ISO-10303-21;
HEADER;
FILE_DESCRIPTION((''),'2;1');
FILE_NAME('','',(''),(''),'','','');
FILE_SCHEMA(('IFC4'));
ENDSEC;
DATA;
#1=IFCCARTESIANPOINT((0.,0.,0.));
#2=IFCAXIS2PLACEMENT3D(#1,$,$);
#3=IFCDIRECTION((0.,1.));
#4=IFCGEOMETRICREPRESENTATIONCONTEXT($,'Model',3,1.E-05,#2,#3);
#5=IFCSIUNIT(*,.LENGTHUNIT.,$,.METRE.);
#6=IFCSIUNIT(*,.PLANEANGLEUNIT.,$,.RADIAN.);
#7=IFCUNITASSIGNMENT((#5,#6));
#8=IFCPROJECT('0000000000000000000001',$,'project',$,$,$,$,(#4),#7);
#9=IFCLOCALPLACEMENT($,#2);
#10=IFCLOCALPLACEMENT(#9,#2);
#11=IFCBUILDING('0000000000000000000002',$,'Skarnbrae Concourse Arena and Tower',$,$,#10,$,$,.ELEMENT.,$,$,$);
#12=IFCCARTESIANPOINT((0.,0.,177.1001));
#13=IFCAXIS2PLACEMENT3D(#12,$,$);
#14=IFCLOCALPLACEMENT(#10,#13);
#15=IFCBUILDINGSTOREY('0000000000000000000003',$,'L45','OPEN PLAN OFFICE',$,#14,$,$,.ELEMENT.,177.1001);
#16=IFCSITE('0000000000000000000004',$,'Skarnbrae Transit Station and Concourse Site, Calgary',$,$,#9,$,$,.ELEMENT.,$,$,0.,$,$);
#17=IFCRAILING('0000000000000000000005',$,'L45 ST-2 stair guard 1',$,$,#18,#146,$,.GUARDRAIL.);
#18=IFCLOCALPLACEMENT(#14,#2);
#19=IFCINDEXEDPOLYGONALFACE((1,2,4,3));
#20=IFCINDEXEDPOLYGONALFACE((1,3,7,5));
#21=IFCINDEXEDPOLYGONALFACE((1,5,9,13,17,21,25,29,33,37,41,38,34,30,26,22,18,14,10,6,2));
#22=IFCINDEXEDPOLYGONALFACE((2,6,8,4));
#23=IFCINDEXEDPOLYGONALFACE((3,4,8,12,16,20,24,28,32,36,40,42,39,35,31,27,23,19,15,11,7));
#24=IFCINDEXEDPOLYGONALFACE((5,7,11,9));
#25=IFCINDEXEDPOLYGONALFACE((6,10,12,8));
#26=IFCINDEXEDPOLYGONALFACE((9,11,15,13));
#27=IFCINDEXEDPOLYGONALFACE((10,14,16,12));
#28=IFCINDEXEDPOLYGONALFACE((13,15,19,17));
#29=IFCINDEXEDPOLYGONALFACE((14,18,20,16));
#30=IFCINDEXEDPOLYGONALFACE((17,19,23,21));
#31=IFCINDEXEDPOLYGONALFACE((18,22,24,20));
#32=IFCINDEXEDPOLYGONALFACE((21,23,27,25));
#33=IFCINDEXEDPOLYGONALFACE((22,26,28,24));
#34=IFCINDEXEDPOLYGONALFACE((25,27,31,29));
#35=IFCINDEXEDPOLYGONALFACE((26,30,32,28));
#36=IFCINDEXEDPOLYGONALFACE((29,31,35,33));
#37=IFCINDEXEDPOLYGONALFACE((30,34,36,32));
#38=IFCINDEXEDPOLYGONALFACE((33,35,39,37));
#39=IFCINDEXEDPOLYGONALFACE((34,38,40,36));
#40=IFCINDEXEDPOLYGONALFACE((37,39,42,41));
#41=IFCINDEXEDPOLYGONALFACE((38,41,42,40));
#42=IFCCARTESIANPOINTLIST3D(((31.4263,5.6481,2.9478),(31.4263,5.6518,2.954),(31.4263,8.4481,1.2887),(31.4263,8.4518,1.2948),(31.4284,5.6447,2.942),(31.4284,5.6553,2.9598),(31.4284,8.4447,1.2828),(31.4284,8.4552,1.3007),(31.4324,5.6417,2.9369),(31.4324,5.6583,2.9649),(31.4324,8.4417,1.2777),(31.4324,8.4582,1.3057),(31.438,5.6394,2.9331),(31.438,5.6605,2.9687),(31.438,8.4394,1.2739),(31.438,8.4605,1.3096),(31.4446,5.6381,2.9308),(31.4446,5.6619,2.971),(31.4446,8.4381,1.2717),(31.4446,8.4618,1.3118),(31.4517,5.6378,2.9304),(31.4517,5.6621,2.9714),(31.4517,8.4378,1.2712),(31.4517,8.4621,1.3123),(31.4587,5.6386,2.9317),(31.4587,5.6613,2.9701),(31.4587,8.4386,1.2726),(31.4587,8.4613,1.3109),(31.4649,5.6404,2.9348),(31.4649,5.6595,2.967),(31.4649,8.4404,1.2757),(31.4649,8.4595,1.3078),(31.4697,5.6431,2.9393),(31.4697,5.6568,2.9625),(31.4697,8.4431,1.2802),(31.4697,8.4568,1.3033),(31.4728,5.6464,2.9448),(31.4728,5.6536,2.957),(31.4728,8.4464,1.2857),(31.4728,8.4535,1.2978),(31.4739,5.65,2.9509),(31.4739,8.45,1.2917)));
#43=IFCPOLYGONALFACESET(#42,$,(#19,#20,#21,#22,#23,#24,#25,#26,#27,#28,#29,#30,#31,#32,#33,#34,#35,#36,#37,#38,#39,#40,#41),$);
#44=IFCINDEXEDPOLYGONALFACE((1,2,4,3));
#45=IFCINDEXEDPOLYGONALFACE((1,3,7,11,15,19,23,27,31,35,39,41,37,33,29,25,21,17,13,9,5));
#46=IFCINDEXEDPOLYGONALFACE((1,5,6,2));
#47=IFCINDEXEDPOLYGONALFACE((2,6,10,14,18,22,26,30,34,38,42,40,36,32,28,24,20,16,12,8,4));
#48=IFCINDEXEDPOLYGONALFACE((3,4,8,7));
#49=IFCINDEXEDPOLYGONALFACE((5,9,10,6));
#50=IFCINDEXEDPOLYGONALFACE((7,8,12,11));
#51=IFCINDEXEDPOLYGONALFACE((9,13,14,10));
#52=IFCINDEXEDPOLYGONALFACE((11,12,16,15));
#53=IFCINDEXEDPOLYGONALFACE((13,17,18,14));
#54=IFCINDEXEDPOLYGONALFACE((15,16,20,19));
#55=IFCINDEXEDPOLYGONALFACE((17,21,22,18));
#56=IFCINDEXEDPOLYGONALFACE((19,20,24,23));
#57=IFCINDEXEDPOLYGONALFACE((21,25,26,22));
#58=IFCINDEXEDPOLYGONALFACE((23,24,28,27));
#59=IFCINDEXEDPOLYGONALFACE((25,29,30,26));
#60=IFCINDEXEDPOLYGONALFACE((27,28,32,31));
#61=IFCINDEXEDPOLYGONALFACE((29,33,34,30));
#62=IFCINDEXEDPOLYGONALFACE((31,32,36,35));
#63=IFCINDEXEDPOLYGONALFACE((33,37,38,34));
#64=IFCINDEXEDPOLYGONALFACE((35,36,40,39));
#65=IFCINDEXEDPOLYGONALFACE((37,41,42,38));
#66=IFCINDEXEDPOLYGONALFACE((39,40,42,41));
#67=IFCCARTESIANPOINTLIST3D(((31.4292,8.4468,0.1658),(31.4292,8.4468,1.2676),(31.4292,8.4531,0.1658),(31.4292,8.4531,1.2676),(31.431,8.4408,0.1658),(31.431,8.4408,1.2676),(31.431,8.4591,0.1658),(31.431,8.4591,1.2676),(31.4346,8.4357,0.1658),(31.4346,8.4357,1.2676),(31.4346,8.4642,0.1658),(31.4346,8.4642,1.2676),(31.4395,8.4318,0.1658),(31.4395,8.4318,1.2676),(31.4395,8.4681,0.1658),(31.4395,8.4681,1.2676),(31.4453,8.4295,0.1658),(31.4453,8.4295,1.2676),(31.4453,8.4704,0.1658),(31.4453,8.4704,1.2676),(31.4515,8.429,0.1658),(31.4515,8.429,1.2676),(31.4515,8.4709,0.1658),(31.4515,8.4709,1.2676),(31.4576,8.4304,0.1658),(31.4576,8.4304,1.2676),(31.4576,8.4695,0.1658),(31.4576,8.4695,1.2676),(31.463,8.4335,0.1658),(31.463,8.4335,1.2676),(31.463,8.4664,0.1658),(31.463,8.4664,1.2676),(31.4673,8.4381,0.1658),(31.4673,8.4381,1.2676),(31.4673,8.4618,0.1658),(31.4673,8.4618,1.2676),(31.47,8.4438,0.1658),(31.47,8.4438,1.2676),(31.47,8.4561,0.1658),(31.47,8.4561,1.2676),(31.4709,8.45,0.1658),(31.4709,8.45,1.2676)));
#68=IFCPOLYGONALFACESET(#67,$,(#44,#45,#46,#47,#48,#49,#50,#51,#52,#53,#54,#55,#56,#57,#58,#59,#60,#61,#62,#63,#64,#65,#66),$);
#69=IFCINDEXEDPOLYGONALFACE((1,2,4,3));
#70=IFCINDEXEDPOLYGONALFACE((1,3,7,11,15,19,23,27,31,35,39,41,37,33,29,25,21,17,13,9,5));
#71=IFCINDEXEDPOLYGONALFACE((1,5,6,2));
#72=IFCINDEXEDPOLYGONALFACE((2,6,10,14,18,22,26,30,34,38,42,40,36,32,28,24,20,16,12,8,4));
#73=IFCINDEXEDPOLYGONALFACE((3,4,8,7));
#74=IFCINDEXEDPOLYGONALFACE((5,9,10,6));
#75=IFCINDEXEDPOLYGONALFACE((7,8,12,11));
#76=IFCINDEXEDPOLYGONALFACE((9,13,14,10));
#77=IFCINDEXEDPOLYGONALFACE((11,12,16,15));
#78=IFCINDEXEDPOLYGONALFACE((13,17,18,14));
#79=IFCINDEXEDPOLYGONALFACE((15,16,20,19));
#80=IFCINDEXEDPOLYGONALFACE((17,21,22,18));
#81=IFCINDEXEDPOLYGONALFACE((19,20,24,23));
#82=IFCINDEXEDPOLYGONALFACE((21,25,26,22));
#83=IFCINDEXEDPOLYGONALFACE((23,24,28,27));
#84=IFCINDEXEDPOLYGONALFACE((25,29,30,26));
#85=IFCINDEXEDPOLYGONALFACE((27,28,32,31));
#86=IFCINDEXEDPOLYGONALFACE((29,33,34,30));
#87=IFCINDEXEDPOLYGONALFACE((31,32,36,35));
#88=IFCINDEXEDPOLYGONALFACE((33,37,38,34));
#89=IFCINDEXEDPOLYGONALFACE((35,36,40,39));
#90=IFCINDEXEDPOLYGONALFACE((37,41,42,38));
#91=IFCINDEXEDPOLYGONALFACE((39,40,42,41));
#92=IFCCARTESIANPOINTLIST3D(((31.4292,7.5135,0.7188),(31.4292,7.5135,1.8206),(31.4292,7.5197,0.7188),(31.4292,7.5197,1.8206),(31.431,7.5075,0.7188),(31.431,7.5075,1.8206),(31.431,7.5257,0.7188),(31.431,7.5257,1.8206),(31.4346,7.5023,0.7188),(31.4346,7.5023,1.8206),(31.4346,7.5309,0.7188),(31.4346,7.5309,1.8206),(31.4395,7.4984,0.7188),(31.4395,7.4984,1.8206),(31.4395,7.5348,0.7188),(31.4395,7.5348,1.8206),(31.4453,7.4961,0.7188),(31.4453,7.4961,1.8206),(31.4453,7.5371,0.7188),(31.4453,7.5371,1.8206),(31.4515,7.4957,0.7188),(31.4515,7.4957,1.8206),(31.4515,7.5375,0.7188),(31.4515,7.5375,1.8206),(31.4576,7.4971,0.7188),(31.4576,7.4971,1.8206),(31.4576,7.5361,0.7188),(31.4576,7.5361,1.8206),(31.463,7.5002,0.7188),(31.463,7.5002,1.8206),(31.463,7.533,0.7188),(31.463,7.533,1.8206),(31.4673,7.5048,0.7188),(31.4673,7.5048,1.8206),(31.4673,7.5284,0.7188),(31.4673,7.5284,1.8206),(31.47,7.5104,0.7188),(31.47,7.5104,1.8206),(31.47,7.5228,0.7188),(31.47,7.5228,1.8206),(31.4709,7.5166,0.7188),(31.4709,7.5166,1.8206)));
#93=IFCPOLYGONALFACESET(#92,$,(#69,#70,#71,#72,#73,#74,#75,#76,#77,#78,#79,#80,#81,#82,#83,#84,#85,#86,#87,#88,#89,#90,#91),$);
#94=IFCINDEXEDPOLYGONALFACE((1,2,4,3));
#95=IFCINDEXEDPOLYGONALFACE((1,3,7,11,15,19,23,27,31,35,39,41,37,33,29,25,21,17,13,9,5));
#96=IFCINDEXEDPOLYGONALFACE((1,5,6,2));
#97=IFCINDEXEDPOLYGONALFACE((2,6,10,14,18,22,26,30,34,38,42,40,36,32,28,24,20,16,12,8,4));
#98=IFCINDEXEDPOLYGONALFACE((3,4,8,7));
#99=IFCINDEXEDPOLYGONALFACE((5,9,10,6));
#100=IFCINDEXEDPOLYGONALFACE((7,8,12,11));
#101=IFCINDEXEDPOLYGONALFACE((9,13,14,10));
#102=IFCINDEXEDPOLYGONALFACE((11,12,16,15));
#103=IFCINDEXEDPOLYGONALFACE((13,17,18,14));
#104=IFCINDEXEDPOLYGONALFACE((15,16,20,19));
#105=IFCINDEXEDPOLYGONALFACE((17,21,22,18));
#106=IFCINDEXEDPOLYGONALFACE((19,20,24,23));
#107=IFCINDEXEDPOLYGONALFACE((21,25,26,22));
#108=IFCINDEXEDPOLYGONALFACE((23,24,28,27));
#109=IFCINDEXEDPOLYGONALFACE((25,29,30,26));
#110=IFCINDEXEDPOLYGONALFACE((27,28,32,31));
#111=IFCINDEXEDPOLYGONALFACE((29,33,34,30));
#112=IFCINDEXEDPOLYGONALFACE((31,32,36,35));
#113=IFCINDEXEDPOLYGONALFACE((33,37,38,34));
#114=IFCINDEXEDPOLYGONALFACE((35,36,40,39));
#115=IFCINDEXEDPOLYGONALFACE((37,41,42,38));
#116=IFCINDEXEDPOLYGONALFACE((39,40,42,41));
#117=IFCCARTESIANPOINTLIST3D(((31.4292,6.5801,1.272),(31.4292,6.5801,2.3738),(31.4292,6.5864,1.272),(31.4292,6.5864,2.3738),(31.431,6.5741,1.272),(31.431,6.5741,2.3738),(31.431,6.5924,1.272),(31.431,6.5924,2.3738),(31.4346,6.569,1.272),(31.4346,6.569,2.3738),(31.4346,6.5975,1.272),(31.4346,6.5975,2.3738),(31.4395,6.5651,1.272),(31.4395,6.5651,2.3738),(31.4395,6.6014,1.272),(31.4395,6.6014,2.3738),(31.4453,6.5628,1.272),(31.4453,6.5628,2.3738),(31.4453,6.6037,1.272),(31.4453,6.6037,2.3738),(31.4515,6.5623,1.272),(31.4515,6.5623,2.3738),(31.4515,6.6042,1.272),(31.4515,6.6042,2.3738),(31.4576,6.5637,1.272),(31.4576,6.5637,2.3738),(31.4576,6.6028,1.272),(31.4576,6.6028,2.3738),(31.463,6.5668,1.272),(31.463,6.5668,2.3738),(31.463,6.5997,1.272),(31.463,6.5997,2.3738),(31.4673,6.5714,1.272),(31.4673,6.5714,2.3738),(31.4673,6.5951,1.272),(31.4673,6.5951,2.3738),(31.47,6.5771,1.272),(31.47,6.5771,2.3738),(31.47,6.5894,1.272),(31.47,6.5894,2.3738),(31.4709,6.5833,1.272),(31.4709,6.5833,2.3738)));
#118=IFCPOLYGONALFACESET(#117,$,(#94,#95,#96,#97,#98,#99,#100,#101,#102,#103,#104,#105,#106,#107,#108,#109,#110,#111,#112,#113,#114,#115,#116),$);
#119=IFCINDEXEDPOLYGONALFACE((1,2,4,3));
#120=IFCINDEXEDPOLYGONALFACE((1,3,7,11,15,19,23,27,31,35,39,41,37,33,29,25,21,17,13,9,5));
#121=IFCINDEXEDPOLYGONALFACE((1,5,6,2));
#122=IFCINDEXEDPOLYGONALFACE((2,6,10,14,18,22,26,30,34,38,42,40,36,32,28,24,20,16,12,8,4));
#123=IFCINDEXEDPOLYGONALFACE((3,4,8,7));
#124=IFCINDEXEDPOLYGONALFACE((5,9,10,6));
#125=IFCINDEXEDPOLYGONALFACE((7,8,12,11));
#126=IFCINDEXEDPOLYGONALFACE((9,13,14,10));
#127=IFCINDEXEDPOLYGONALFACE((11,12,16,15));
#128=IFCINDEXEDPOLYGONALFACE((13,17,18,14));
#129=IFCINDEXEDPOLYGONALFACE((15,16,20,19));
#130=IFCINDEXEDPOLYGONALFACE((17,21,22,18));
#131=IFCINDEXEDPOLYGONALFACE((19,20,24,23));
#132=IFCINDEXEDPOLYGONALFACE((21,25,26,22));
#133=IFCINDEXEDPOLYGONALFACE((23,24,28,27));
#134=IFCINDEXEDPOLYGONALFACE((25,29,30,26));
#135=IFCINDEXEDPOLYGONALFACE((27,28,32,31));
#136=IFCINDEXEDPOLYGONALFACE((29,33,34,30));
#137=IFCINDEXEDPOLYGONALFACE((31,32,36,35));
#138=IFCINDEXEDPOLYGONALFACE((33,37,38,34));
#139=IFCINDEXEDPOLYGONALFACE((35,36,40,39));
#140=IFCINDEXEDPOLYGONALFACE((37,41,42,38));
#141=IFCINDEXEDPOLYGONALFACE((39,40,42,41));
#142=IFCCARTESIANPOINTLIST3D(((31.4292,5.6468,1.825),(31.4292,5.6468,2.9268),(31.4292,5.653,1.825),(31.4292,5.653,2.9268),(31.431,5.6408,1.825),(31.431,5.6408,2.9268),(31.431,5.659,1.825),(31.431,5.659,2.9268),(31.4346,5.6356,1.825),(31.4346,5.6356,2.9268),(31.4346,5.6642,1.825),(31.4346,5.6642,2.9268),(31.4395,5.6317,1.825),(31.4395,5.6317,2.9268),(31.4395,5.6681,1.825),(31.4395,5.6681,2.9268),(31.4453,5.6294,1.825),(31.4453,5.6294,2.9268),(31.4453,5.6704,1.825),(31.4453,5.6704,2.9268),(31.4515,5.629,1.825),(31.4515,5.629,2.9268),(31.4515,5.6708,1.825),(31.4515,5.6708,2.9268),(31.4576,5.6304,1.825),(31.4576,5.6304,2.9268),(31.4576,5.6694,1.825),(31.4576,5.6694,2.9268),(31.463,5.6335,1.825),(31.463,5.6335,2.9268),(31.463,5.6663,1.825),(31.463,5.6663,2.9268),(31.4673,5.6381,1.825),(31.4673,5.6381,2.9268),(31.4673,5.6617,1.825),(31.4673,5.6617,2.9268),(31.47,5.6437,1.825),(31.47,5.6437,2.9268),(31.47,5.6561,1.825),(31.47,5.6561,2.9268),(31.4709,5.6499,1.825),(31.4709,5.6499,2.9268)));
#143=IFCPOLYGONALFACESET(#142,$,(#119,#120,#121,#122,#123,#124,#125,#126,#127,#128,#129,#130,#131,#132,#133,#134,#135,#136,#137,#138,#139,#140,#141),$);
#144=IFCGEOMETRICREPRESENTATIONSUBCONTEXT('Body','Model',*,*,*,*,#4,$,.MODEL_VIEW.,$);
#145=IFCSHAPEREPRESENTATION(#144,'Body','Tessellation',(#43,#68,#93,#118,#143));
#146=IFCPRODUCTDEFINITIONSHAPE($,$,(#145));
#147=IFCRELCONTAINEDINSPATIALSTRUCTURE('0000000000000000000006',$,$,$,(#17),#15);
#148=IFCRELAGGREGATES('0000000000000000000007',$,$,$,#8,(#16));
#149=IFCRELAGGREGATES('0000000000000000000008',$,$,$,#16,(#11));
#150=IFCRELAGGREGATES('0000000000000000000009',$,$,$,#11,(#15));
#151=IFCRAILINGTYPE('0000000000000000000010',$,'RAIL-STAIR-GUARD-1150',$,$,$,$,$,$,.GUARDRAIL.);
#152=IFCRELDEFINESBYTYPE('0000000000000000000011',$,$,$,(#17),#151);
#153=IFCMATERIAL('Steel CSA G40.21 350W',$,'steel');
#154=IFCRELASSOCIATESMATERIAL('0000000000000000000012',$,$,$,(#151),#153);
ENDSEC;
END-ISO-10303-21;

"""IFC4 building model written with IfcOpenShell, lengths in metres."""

from ifc_helpers import new_model, si_unit, direction, frame, origin, origin_2d, place, context, subcontext, project, spatial, circle, extrude, material, type_object, element, save


model = new_model("IFC4")

# Units and contexts
model_context = context("Model", 3, precision=1e-05, world=origin(), true_north=direction((0.0, 1.0)))
body_context = subcontext(model_context, "Body", "Model", "MODEL_VIEW")
ifc_project = project(units=[si_unit("LENGTHUNIT", "METRE"), si_unit("PLANEANGLEUNIT", "RADIAN")], contexts=[model_context])

# Site, building, storey
site_placement = place(None, origin())
site = spatial("IfcSite", under=ifc_project, at=site_placement, Name="Skarnbrae Transit Station and Concourse Site, Calgary", CompositionType="ELEMENT", RefElevation=0.0)
building_placement = place(site_placement, origin())
building = spatial("IfcBuilding", under=site, at=building_placement, Name="Skarnbrae Concourse Arena and Tower", CompositionType="ELEMENT")
storey_placement = place(building_placement, frame((0.0, 0.0, 177.1001)))
storey = spatial("IfcBuildingStorey", under=building, at=storey_placement, Name="L45", Description="OPEN PLAN OFFICE", CompositionType="ELEMENT", Elevation=177.1001)

# Shared definitions
ifc_material_1 = material(Name="Steel CSA G40.21 350W", Category="steel")

# Railing
railing_type_1 = type_object("IfcRailingType", Name="RAIL-STAIR-GUARD-1150", PredefinedType="GUARDRAIL", material=ifc_material_1)
railing_1_placement = place(storey_placement, frame((31.45, 8.45, 0.1658)))
element("IfcRailing", 1, at=railing_1_placement, inside=storey, type_object=railing_type_1, Name="L45 ST-2 stair guard 1", PredefinedType="GUARDRAIL", context=body_context, shape_type="SweptSolid", body=[
    extrude(circle(Radius=0.0239, at=origin_2d()), frame((0.0, 0.0, 1.126), z_axis=(0.0, -0.860306, 0.509778), x_axis=(1.0, 0.0, 0.0)), (0.0, 0.0, 1.0), 3.2546),
    extrude(circle(Radius=0.021, at=origin_2d()), origin(), (0.0, 0.0, 1.0), 1.1018),
    extrude(circle(Radius=0.021, at=origin_2d()), frame((0.0, -0.9333, 0.553)), (0.0, 0.0, 1.0), 1.1018),
    extrude(circle(Radius=0.021, at=origin_2d()), frame((0.0, -1.8667, 1.1062)), (0.0, 0.0, 1.0), 1.1018),
    extrude(circle(Radius=0.021, at=origin_2d()), frame((0.0, -2.8, 1.6592)), (0.0, 0.0, 1.0), 1.1018),
])

save(model, "model.ifc")
